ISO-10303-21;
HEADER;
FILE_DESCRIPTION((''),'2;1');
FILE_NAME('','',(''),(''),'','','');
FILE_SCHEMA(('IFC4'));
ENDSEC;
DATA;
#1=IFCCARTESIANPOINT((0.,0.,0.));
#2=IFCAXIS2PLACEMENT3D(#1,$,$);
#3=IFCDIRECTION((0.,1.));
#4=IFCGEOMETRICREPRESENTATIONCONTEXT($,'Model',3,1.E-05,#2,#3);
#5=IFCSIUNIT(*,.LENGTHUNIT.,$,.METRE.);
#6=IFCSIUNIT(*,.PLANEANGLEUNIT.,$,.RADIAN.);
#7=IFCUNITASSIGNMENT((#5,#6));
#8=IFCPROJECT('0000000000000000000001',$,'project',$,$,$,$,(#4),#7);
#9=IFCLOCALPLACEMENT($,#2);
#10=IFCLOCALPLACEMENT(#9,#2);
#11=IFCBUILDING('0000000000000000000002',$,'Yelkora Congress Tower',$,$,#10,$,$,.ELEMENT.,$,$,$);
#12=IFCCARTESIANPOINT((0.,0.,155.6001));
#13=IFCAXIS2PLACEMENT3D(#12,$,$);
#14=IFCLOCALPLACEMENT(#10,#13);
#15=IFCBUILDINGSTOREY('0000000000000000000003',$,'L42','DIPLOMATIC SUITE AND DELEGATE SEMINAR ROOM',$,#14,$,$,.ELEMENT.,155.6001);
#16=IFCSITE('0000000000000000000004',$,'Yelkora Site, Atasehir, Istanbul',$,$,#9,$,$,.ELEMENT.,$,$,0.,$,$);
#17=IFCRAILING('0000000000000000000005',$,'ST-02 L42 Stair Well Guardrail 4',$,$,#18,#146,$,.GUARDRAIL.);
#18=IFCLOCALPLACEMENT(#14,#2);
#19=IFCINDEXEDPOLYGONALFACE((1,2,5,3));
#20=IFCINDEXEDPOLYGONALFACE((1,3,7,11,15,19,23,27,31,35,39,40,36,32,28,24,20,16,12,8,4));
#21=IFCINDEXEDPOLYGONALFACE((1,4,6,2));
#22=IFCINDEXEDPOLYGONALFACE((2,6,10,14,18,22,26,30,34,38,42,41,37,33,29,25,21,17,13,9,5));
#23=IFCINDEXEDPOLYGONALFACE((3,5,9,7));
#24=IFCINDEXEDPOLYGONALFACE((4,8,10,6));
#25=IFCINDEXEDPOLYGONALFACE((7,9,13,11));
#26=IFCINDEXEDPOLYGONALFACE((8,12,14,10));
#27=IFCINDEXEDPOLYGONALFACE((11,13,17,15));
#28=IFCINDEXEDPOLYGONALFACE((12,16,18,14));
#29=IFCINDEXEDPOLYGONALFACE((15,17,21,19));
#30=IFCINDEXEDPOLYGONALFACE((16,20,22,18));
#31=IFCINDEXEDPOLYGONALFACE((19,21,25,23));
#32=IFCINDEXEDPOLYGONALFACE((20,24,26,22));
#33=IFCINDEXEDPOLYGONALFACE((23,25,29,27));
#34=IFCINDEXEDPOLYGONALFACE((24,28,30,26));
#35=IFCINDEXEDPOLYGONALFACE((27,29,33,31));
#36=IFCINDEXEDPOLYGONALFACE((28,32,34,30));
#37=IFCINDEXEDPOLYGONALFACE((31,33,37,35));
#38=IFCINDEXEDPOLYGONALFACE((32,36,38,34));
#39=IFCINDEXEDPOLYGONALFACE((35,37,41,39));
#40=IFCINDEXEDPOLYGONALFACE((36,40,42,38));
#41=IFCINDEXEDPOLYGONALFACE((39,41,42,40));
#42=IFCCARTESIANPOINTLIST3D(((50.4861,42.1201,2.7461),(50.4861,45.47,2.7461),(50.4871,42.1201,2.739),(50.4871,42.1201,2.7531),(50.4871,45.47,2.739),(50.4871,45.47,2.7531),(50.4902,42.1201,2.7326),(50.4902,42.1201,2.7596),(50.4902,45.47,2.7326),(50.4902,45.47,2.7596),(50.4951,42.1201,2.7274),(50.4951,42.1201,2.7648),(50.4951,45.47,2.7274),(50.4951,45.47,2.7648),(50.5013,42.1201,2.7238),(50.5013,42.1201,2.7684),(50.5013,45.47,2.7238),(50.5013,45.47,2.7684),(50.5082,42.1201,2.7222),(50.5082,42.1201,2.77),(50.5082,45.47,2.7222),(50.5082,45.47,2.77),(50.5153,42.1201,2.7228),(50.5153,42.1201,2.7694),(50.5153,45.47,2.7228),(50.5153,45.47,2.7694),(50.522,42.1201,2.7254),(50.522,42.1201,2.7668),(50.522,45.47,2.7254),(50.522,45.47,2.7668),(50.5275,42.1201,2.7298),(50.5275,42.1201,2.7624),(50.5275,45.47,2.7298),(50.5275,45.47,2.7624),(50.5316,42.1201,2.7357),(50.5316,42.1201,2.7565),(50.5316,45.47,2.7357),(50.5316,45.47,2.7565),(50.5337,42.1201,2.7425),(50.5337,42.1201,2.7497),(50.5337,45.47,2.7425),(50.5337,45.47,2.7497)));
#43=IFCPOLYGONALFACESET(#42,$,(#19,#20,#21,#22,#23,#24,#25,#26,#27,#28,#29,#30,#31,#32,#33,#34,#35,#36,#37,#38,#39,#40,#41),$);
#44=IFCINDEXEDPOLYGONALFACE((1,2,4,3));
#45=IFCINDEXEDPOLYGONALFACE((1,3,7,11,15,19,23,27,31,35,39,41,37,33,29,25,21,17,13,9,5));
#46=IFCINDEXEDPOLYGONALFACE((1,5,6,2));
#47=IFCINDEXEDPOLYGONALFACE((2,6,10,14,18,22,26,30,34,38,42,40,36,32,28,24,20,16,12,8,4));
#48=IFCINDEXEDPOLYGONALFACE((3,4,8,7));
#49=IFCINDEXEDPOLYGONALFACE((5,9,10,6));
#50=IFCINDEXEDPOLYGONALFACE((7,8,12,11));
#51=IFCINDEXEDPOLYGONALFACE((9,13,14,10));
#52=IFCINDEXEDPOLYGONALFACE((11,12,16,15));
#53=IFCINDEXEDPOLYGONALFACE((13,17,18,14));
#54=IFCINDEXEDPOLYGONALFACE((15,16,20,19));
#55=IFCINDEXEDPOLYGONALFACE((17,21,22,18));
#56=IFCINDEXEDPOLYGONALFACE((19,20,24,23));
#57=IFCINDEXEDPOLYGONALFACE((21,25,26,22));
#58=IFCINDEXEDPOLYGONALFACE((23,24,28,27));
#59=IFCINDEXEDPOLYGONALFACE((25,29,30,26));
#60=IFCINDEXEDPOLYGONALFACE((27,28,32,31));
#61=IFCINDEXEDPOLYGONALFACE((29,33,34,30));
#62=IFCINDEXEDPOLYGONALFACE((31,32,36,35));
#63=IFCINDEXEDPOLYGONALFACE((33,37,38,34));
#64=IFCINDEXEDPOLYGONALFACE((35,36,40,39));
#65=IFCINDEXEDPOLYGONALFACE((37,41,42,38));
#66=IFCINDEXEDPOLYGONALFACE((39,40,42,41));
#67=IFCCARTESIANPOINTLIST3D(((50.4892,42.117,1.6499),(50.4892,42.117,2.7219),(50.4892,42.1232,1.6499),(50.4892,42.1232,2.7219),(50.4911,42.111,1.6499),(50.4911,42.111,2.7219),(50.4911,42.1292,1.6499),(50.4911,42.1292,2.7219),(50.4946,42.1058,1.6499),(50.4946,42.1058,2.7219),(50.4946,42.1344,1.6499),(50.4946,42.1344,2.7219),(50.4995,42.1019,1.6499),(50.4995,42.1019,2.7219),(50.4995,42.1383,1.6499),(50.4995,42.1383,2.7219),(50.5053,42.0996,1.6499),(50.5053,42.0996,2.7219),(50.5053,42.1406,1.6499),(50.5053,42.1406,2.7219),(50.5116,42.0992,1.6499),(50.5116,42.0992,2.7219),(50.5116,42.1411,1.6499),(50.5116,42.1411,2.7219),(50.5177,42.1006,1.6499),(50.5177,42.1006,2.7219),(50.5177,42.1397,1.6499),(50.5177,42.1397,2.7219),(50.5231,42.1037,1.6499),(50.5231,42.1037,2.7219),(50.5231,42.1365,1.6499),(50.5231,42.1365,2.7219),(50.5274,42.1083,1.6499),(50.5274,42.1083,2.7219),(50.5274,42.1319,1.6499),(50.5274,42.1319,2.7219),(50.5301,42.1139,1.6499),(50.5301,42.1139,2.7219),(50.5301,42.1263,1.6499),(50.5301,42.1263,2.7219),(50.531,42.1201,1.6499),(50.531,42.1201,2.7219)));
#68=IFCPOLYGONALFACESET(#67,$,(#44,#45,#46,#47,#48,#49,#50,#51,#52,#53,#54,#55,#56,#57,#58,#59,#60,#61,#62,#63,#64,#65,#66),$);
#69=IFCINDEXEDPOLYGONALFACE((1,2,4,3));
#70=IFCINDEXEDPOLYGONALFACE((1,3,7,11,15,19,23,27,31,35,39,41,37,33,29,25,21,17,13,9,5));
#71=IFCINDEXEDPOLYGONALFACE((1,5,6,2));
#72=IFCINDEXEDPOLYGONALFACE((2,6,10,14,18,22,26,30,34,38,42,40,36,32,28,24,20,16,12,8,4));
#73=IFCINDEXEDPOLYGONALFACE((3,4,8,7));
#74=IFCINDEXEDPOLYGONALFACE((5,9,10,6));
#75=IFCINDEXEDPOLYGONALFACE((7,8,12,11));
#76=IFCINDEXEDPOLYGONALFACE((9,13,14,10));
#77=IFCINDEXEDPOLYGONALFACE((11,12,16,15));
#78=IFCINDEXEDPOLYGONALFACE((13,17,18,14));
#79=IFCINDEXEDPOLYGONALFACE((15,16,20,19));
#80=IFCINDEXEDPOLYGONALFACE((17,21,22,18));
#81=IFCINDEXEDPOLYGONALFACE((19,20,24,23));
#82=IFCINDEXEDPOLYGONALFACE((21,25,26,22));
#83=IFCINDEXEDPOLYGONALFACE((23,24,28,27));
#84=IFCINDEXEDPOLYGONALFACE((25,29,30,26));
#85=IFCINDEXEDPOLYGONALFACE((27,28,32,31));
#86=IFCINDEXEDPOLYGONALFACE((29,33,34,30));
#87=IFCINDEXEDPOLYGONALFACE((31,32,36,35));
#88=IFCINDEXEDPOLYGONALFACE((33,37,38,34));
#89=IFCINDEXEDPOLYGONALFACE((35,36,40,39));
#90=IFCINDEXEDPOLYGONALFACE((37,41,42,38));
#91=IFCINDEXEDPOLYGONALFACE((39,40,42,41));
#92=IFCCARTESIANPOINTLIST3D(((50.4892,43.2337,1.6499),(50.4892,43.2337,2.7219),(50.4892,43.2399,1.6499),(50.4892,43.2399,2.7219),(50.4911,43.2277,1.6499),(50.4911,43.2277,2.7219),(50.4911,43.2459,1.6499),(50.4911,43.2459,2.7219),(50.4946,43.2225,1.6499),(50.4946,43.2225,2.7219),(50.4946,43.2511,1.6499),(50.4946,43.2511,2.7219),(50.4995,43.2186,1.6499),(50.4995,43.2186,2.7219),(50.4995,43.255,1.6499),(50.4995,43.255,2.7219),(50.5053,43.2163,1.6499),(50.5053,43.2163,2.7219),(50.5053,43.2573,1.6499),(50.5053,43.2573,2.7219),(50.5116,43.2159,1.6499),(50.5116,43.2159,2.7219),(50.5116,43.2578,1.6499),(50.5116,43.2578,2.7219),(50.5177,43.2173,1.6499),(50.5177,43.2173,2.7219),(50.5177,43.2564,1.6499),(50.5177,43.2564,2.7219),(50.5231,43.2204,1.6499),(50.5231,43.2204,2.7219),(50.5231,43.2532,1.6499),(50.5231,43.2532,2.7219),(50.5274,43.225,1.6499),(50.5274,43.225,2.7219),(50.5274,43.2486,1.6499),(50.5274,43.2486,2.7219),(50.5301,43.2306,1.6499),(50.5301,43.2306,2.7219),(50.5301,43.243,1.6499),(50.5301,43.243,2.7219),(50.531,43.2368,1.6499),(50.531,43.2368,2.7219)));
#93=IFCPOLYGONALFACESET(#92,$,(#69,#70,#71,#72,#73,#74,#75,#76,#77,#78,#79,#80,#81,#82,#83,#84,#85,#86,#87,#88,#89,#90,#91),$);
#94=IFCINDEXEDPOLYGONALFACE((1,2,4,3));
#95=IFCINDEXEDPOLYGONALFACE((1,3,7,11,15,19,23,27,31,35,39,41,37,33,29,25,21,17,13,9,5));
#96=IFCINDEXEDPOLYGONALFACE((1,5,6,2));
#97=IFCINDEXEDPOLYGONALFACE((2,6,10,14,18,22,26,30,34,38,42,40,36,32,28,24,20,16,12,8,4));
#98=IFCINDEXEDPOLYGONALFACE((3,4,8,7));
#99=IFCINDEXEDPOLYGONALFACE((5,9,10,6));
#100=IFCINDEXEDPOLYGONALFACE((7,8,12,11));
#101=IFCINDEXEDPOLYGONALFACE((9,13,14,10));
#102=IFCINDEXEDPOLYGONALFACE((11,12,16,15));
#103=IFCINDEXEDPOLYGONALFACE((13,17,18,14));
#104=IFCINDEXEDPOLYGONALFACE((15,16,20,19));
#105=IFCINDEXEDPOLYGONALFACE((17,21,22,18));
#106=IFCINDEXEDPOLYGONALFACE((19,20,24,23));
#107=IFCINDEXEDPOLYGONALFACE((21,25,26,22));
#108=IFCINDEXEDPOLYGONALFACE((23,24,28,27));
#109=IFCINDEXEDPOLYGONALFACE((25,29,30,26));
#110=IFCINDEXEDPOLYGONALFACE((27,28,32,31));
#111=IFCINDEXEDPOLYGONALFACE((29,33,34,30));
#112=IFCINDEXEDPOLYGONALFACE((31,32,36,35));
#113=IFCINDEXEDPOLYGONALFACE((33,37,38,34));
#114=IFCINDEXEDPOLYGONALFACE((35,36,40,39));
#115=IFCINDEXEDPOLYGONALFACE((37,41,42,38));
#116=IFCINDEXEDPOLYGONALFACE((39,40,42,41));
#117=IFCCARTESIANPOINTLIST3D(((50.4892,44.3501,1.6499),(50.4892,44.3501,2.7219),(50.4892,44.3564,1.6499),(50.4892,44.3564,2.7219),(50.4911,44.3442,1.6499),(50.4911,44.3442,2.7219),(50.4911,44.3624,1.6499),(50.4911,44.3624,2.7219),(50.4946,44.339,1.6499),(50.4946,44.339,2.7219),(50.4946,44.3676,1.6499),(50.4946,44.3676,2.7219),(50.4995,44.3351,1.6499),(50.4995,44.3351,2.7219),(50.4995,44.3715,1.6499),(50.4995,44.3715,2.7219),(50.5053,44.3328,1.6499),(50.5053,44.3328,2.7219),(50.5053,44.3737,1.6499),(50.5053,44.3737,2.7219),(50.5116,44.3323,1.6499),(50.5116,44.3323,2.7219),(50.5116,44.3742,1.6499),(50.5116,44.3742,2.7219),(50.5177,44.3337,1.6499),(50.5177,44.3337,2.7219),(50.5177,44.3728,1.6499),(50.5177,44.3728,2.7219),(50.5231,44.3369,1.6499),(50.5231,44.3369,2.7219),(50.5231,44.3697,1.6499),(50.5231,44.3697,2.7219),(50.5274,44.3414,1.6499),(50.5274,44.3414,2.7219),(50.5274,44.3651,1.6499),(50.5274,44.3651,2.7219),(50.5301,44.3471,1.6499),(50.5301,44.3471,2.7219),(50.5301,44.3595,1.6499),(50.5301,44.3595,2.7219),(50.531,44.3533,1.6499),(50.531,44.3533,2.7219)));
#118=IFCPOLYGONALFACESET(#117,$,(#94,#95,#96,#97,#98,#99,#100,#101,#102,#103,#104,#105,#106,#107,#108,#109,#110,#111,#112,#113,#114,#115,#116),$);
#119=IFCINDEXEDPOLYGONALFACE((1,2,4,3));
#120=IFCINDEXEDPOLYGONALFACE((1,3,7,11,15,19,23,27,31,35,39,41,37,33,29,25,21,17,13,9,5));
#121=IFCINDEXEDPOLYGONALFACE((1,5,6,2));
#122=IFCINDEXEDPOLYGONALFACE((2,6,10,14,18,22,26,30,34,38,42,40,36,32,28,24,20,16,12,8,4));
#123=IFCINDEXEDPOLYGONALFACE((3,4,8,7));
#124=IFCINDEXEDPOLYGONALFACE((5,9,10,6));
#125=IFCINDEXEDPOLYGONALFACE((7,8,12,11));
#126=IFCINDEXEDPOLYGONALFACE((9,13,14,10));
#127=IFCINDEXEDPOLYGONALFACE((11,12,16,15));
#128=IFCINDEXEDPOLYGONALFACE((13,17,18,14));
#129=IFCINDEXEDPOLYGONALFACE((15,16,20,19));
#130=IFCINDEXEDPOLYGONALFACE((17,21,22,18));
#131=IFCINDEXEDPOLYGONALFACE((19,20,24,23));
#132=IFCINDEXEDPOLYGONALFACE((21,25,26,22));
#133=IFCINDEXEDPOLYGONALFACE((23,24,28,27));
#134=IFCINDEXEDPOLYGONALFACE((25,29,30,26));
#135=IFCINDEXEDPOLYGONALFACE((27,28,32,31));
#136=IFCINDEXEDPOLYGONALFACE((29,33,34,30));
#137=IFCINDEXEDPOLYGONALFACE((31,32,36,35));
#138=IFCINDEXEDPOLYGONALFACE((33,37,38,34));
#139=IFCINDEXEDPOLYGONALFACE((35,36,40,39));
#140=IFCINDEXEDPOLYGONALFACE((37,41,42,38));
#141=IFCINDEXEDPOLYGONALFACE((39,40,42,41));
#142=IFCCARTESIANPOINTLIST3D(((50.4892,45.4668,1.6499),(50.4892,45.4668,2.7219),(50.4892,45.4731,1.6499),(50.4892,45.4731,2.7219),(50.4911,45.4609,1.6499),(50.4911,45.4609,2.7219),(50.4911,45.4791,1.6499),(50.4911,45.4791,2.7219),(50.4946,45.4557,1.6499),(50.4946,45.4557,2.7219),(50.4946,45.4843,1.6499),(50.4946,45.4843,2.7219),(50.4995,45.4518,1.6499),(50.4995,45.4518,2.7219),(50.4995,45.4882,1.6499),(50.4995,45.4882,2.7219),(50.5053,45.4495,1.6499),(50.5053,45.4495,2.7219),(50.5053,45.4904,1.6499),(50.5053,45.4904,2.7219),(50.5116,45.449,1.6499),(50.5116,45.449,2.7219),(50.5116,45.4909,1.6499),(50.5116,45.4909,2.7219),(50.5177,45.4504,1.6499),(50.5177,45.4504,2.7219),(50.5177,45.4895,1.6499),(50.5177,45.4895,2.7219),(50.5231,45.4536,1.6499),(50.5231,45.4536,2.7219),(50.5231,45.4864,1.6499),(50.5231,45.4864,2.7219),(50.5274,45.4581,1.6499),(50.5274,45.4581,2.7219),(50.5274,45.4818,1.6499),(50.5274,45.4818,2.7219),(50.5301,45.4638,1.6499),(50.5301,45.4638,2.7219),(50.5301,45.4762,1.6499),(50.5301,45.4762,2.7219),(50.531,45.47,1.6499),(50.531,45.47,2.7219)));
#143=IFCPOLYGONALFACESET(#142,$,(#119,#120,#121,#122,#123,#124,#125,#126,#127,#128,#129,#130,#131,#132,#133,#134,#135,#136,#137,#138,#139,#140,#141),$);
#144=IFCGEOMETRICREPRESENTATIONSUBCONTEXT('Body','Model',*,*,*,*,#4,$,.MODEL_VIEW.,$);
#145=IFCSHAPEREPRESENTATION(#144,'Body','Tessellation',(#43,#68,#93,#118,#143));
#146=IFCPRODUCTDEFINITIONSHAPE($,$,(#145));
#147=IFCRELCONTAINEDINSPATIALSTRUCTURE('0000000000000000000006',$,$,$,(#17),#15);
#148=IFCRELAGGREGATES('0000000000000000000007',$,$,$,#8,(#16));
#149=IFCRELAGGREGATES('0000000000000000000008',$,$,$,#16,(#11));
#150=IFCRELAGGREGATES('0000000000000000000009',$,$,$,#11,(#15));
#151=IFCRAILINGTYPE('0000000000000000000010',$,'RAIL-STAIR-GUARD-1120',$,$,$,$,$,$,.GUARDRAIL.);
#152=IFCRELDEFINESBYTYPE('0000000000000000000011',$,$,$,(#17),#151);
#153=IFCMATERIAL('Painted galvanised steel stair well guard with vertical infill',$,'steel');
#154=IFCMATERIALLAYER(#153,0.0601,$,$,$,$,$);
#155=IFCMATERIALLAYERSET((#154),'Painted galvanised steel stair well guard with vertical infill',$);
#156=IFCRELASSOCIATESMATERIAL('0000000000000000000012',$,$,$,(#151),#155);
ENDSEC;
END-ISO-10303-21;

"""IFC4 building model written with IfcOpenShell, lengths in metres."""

from ifc_helpers import new_model, si_unit, direction, frame, origin, origin_2d, place, context, subcontext, project, spatial, circle, extrude, material, layer, layer_set, type_object, element, save


model = new_model("IFC4")

# Units and contexts
model_context = context("Model", 3, precision=1e-05, world=origin(), true_north=direction((0.0, 1.0)))
body_context = subcontext(model_context, "Body", "Model", "MODEL_VIEW")
ifc_project = project(units=[si_unit("LENGTHUNIT", "METRE"), si_unit("PLANEANGLEUNIT", "RADIAN")], contexts=[model_context])

# Site, building, storey
site_placement = place(None, origin())
site = spatial("IfcSite", under=ifc_project, at=site_placement, Name="Yelkora Site, Atasehir, Istanbul", CompositionType="ELEMENT", RefElevation=0.0)
building_placement = place(site_placement, origin())
building = spatial("IfcBuilding", under=site, at=building_placement, Name="Yelkora Congress Tower", CompositionType="ELEMENT")
storey_placement = place(building_placement, frame((0.0, 0.0, 155.6001)))
storey = spatial("IfcBuildingStorey", under=building, at=storey_placement, Name="L42", Description="DIPLOMATIC SUITE AND DELEGATE SEMINAR ROOM", CompositionType="ELEMENT", Elevation=155.6001)

# Railing
ifc_material_1 = material(Name="Painted galvanised steel stair well guard with vertical infill", Category="steel")
ifc_layer_1 = layer(ifc_material_1, 0.0601)
ifc_layer_set_1 = layer_set([ifc_layer_1], Name="Painted galvanised steel stair well guard with vertical infill")
railing_type_1 = type_object("IfcRailingType", Name="RAIL-STAIR-GUARD-1120", PredefinedType="GUARDRAIL", material=ifc_layer_set_1)
railing_1_placement = place(storey_placement, frame((50.51, 42.1201, 1.6499)))
element("IfcRailing", 1, at=railing_1_placement, inside=storey, type_object=railing_type_1, Name="ST-02 L42 Stair Well Guardrail 4", PredefinedType="GUARDRAIL", context=body_context, shape_type="SweptSolid", body=[
    extrude(circle(Radius=0.0239, at=origin_2d()), frame((0.0, 0.0, 1.0962), z_axis=(0.0, 1.0, 0.0), x_axis=(-1.0, 0.0, 0.0)), (0.0, 0.0, 1.0), 3.3499),
    extrude(circle(Radius=0.021, at=origin_2d()), origin(), (0.0, 0.0, 1.0), 1.072),
    extrude(circle(Radius=0.021, at=origin_2d()), frame((0.0, 1.1167, 0.0)), (0.0, 0.0, 1.0), 1.072),
    extrude(circle(Radius=0.021, at=origin_2d()), frame((0.0, 2.2332, 0.0)), (0.0, 0.0, 1.0), 1.072),
    extrude(circle(Radius=0.021, at=origin_2d()), frame((0.0, 3.3499, 0.0)), (0.0, 0.0, 1.0), 1.072),
])

save(model, "model.ifc")
